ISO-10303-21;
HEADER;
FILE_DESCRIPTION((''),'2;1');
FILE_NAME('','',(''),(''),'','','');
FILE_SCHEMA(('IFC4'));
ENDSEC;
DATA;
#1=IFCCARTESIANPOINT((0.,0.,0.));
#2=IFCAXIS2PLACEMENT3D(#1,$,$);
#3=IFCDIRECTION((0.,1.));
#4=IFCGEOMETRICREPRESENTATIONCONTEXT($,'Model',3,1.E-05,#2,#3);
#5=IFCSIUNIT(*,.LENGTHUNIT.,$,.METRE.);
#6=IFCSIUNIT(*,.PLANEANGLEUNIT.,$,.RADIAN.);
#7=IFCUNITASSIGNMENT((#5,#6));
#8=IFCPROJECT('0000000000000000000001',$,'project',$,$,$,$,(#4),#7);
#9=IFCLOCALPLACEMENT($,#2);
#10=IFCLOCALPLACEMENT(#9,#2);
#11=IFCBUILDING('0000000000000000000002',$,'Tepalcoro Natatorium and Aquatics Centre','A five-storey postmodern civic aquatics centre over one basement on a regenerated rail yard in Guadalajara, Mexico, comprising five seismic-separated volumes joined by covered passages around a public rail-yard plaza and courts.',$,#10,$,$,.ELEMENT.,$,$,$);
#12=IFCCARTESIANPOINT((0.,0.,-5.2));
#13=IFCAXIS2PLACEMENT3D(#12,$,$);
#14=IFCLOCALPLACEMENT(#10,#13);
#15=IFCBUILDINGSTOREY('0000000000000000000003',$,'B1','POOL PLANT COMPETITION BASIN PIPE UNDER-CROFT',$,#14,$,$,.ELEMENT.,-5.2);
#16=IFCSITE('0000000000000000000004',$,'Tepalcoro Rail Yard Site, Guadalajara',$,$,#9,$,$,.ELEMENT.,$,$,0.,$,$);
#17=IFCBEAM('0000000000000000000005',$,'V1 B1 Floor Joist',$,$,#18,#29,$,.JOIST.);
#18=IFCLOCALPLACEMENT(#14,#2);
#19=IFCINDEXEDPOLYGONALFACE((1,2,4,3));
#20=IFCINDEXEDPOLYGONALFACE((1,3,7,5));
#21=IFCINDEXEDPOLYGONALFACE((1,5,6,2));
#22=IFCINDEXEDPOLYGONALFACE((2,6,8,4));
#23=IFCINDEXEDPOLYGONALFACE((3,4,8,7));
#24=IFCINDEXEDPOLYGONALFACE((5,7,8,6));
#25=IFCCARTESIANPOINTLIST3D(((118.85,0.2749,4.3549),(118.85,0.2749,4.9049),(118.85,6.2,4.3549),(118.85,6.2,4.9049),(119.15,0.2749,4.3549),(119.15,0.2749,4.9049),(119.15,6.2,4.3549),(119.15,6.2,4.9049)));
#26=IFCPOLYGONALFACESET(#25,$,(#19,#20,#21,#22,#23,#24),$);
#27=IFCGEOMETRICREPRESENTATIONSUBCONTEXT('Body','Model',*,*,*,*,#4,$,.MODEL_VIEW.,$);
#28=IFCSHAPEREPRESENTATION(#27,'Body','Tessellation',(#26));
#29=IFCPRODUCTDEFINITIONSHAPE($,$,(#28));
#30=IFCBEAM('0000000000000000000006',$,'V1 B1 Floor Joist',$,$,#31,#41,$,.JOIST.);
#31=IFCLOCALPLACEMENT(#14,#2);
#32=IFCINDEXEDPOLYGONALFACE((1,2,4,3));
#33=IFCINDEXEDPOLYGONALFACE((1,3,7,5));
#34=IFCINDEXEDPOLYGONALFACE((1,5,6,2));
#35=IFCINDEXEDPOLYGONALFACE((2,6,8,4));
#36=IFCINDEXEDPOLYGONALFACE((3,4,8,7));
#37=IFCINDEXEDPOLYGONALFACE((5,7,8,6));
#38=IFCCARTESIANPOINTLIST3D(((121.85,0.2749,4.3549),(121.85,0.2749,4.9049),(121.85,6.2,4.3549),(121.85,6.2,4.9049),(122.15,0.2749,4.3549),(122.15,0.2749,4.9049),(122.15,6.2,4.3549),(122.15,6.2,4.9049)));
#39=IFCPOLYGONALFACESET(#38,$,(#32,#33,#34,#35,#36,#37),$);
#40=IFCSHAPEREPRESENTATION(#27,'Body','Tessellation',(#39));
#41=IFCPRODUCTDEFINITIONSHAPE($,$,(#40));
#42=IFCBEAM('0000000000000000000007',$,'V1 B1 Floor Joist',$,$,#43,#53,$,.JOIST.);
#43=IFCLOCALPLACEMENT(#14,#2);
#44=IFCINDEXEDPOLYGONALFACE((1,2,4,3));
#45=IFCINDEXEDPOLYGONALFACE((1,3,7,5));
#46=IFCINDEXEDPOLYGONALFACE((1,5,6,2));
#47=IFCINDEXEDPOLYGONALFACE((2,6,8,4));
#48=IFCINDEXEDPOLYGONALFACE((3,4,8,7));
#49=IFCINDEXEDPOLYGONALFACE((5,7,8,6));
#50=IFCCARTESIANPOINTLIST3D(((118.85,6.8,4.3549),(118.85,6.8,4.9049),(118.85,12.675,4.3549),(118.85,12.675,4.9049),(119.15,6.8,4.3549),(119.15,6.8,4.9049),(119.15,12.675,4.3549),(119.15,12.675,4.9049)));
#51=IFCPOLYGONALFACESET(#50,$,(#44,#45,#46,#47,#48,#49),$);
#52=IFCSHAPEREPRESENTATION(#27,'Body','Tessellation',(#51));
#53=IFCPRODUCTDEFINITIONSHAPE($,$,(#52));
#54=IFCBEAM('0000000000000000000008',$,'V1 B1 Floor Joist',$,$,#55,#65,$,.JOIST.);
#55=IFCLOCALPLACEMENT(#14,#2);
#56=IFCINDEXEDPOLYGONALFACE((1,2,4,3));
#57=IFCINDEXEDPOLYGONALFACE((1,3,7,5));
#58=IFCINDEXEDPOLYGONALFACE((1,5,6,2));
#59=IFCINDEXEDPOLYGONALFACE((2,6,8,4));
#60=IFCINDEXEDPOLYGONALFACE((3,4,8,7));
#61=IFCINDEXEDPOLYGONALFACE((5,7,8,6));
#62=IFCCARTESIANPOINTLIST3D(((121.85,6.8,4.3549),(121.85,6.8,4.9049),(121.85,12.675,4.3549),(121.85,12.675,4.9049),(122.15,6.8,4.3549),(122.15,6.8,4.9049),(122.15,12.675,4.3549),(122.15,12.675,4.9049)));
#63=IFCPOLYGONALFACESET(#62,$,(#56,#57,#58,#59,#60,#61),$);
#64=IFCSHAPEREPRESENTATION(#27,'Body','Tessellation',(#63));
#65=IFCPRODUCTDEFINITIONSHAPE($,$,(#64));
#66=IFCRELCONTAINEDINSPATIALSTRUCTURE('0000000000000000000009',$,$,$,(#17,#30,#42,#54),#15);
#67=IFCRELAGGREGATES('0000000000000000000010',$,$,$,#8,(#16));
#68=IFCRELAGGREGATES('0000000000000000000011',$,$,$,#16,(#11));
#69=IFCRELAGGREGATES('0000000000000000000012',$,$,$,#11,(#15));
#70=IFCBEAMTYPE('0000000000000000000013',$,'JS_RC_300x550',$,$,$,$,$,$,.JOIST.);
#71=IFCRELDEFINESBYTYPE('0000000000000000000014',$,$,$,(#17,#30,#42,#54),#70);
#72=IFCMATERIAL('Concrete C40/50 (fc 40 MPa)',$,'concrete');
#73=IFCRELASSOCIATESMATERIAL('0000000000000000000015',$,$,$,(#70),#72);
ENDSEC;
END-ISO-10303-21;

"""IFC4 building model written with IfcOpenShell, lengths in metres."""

from ifc_helpers import new_model, si_unit, direction, frame, origin, origin_2d, place, context, subcontext, project, spatial, rectangle, extrude, material, material_profile, profile_set, type_object, element, save


model = new_model("IFC4")

# Units and contexts
model_context = context("Model", 3, precision=1e-05, world=origin(), true_north=direction((0.0, 1.0)))
body_context = subcontext(model_context, "Body", "Model", "MODEL_VIEW")
ifc_project = project(units=[si_unit("LENGTHUNIT", "METRE"), si_unit("PLANEANGLEUNIT", "RADIAN")], contexts=[model_context])

# Site, building, storey
site_placement = place(None, origin())
site = spatial("IfcSite", under=ifc_project, at=site_placement, Name="Tepalcoro Rail Yard Site, Guadalajara", CompositionType="ELEMENT", RefElevation=0.0)
building_placement = place(site_placement, origin())
building = spatial("IfcBuilding", under=site, at=building_placement, Name="Tepalcoro Natatorium and Aquatics Centre", Description="A five-storey postmodern civic aquatics centre over one basement on a regenerated rail yard in Guadalajara, Mexico, comprising five seismic-separated volumes joined by covered passages around a public rail-yard plaza and courts.", CompositionType="ELEMENT")
storey_placement = place(building_placement, frame((0.0, 0.0, -5.2)))
storey = spatial("IfcBuildingStorey", under=building, at=storey_placement, Name="B1", Description="POOL PLANT COMPETITION BASIN PIPE UNDER-CROFT", CompositionType="ELEMENT", Elevation=-5.2)

# Shared definitions
ifc_material = material(Name="Concrete C40/50 (fc 40 MPa)", Category="concrete")

# Beams
ifc_material_profile_1 = material_profile(ifc_material, rectangle(XDim=0.3, YDim=0.55, at=origin_2d()), Name="RCJ300x550")
ifc_profile_set_1 = profile_set([ifc_material_profile_1], Name="Concrete C40/50 (fc 40 MPa)")
beam_type_1 = type_object("IfcBeamType", Name="JS_RC_300x550", PredefinedType="JOIST", material=ifc_profile_set_1)
for number, where, z_axis, x_axis, name in (
    (1, (119.0, 0.2749, 4.6299), (0.0, 1.0, 0.0), (-1.0, 0.0, 0.0), "V1 B1 Floor Joist"),
    (2, (122.0, 0.2749, 4.6299), (0.0, 1.0, 0.0), (-1.0, 0.0, 0.0), "V1 B1 Floor Joist"),
):
    element("IfcBeam", number, at=place(storey_placement, frame(where, z_axis=z_axis, x_axis=x_axis)), inside=storey, type_object=beam_type_1, Name=name, PredefinedType="JOIST", context=body_context, shape_type="SweptSolid", body=[
        extrude(rectangle(XDim=0.3, YDim=0.55, at=origin_2d()), origin(), (0.0, 0.0, 1.0), 5.925),
    ])
for number, where, z_axis, x_axis, name in (
    (3, (119.0, 6.8, 4.6299), (0.0, 1.0, 0.0), (-1.0, 0.0, 0.0), "V1 B1 Floor Joist"),
    (4, (122.0, 6.8, 4.6299), (0.0, 1.0, 0.0), (-1.0, 0.0, 0.0), "V1 B1 Floor Joist"),
):
    element("IfcBeam", number, at=place(storey_placement, frame(where, z_axis=z_axis, x_axis=x_axis)), inside=storey, type_object=beam_type_1, Name=name, PredefinedType="JOIST", context=body_context, shape_type="SweptSolid", body=[
        extrude(rectangle(XDim=0.3, YDim=0.55, at=origin_2d()), origin(), (0.0, 0.0, 1.0), 5.875),
    ])

save(model, "model.ifc")
